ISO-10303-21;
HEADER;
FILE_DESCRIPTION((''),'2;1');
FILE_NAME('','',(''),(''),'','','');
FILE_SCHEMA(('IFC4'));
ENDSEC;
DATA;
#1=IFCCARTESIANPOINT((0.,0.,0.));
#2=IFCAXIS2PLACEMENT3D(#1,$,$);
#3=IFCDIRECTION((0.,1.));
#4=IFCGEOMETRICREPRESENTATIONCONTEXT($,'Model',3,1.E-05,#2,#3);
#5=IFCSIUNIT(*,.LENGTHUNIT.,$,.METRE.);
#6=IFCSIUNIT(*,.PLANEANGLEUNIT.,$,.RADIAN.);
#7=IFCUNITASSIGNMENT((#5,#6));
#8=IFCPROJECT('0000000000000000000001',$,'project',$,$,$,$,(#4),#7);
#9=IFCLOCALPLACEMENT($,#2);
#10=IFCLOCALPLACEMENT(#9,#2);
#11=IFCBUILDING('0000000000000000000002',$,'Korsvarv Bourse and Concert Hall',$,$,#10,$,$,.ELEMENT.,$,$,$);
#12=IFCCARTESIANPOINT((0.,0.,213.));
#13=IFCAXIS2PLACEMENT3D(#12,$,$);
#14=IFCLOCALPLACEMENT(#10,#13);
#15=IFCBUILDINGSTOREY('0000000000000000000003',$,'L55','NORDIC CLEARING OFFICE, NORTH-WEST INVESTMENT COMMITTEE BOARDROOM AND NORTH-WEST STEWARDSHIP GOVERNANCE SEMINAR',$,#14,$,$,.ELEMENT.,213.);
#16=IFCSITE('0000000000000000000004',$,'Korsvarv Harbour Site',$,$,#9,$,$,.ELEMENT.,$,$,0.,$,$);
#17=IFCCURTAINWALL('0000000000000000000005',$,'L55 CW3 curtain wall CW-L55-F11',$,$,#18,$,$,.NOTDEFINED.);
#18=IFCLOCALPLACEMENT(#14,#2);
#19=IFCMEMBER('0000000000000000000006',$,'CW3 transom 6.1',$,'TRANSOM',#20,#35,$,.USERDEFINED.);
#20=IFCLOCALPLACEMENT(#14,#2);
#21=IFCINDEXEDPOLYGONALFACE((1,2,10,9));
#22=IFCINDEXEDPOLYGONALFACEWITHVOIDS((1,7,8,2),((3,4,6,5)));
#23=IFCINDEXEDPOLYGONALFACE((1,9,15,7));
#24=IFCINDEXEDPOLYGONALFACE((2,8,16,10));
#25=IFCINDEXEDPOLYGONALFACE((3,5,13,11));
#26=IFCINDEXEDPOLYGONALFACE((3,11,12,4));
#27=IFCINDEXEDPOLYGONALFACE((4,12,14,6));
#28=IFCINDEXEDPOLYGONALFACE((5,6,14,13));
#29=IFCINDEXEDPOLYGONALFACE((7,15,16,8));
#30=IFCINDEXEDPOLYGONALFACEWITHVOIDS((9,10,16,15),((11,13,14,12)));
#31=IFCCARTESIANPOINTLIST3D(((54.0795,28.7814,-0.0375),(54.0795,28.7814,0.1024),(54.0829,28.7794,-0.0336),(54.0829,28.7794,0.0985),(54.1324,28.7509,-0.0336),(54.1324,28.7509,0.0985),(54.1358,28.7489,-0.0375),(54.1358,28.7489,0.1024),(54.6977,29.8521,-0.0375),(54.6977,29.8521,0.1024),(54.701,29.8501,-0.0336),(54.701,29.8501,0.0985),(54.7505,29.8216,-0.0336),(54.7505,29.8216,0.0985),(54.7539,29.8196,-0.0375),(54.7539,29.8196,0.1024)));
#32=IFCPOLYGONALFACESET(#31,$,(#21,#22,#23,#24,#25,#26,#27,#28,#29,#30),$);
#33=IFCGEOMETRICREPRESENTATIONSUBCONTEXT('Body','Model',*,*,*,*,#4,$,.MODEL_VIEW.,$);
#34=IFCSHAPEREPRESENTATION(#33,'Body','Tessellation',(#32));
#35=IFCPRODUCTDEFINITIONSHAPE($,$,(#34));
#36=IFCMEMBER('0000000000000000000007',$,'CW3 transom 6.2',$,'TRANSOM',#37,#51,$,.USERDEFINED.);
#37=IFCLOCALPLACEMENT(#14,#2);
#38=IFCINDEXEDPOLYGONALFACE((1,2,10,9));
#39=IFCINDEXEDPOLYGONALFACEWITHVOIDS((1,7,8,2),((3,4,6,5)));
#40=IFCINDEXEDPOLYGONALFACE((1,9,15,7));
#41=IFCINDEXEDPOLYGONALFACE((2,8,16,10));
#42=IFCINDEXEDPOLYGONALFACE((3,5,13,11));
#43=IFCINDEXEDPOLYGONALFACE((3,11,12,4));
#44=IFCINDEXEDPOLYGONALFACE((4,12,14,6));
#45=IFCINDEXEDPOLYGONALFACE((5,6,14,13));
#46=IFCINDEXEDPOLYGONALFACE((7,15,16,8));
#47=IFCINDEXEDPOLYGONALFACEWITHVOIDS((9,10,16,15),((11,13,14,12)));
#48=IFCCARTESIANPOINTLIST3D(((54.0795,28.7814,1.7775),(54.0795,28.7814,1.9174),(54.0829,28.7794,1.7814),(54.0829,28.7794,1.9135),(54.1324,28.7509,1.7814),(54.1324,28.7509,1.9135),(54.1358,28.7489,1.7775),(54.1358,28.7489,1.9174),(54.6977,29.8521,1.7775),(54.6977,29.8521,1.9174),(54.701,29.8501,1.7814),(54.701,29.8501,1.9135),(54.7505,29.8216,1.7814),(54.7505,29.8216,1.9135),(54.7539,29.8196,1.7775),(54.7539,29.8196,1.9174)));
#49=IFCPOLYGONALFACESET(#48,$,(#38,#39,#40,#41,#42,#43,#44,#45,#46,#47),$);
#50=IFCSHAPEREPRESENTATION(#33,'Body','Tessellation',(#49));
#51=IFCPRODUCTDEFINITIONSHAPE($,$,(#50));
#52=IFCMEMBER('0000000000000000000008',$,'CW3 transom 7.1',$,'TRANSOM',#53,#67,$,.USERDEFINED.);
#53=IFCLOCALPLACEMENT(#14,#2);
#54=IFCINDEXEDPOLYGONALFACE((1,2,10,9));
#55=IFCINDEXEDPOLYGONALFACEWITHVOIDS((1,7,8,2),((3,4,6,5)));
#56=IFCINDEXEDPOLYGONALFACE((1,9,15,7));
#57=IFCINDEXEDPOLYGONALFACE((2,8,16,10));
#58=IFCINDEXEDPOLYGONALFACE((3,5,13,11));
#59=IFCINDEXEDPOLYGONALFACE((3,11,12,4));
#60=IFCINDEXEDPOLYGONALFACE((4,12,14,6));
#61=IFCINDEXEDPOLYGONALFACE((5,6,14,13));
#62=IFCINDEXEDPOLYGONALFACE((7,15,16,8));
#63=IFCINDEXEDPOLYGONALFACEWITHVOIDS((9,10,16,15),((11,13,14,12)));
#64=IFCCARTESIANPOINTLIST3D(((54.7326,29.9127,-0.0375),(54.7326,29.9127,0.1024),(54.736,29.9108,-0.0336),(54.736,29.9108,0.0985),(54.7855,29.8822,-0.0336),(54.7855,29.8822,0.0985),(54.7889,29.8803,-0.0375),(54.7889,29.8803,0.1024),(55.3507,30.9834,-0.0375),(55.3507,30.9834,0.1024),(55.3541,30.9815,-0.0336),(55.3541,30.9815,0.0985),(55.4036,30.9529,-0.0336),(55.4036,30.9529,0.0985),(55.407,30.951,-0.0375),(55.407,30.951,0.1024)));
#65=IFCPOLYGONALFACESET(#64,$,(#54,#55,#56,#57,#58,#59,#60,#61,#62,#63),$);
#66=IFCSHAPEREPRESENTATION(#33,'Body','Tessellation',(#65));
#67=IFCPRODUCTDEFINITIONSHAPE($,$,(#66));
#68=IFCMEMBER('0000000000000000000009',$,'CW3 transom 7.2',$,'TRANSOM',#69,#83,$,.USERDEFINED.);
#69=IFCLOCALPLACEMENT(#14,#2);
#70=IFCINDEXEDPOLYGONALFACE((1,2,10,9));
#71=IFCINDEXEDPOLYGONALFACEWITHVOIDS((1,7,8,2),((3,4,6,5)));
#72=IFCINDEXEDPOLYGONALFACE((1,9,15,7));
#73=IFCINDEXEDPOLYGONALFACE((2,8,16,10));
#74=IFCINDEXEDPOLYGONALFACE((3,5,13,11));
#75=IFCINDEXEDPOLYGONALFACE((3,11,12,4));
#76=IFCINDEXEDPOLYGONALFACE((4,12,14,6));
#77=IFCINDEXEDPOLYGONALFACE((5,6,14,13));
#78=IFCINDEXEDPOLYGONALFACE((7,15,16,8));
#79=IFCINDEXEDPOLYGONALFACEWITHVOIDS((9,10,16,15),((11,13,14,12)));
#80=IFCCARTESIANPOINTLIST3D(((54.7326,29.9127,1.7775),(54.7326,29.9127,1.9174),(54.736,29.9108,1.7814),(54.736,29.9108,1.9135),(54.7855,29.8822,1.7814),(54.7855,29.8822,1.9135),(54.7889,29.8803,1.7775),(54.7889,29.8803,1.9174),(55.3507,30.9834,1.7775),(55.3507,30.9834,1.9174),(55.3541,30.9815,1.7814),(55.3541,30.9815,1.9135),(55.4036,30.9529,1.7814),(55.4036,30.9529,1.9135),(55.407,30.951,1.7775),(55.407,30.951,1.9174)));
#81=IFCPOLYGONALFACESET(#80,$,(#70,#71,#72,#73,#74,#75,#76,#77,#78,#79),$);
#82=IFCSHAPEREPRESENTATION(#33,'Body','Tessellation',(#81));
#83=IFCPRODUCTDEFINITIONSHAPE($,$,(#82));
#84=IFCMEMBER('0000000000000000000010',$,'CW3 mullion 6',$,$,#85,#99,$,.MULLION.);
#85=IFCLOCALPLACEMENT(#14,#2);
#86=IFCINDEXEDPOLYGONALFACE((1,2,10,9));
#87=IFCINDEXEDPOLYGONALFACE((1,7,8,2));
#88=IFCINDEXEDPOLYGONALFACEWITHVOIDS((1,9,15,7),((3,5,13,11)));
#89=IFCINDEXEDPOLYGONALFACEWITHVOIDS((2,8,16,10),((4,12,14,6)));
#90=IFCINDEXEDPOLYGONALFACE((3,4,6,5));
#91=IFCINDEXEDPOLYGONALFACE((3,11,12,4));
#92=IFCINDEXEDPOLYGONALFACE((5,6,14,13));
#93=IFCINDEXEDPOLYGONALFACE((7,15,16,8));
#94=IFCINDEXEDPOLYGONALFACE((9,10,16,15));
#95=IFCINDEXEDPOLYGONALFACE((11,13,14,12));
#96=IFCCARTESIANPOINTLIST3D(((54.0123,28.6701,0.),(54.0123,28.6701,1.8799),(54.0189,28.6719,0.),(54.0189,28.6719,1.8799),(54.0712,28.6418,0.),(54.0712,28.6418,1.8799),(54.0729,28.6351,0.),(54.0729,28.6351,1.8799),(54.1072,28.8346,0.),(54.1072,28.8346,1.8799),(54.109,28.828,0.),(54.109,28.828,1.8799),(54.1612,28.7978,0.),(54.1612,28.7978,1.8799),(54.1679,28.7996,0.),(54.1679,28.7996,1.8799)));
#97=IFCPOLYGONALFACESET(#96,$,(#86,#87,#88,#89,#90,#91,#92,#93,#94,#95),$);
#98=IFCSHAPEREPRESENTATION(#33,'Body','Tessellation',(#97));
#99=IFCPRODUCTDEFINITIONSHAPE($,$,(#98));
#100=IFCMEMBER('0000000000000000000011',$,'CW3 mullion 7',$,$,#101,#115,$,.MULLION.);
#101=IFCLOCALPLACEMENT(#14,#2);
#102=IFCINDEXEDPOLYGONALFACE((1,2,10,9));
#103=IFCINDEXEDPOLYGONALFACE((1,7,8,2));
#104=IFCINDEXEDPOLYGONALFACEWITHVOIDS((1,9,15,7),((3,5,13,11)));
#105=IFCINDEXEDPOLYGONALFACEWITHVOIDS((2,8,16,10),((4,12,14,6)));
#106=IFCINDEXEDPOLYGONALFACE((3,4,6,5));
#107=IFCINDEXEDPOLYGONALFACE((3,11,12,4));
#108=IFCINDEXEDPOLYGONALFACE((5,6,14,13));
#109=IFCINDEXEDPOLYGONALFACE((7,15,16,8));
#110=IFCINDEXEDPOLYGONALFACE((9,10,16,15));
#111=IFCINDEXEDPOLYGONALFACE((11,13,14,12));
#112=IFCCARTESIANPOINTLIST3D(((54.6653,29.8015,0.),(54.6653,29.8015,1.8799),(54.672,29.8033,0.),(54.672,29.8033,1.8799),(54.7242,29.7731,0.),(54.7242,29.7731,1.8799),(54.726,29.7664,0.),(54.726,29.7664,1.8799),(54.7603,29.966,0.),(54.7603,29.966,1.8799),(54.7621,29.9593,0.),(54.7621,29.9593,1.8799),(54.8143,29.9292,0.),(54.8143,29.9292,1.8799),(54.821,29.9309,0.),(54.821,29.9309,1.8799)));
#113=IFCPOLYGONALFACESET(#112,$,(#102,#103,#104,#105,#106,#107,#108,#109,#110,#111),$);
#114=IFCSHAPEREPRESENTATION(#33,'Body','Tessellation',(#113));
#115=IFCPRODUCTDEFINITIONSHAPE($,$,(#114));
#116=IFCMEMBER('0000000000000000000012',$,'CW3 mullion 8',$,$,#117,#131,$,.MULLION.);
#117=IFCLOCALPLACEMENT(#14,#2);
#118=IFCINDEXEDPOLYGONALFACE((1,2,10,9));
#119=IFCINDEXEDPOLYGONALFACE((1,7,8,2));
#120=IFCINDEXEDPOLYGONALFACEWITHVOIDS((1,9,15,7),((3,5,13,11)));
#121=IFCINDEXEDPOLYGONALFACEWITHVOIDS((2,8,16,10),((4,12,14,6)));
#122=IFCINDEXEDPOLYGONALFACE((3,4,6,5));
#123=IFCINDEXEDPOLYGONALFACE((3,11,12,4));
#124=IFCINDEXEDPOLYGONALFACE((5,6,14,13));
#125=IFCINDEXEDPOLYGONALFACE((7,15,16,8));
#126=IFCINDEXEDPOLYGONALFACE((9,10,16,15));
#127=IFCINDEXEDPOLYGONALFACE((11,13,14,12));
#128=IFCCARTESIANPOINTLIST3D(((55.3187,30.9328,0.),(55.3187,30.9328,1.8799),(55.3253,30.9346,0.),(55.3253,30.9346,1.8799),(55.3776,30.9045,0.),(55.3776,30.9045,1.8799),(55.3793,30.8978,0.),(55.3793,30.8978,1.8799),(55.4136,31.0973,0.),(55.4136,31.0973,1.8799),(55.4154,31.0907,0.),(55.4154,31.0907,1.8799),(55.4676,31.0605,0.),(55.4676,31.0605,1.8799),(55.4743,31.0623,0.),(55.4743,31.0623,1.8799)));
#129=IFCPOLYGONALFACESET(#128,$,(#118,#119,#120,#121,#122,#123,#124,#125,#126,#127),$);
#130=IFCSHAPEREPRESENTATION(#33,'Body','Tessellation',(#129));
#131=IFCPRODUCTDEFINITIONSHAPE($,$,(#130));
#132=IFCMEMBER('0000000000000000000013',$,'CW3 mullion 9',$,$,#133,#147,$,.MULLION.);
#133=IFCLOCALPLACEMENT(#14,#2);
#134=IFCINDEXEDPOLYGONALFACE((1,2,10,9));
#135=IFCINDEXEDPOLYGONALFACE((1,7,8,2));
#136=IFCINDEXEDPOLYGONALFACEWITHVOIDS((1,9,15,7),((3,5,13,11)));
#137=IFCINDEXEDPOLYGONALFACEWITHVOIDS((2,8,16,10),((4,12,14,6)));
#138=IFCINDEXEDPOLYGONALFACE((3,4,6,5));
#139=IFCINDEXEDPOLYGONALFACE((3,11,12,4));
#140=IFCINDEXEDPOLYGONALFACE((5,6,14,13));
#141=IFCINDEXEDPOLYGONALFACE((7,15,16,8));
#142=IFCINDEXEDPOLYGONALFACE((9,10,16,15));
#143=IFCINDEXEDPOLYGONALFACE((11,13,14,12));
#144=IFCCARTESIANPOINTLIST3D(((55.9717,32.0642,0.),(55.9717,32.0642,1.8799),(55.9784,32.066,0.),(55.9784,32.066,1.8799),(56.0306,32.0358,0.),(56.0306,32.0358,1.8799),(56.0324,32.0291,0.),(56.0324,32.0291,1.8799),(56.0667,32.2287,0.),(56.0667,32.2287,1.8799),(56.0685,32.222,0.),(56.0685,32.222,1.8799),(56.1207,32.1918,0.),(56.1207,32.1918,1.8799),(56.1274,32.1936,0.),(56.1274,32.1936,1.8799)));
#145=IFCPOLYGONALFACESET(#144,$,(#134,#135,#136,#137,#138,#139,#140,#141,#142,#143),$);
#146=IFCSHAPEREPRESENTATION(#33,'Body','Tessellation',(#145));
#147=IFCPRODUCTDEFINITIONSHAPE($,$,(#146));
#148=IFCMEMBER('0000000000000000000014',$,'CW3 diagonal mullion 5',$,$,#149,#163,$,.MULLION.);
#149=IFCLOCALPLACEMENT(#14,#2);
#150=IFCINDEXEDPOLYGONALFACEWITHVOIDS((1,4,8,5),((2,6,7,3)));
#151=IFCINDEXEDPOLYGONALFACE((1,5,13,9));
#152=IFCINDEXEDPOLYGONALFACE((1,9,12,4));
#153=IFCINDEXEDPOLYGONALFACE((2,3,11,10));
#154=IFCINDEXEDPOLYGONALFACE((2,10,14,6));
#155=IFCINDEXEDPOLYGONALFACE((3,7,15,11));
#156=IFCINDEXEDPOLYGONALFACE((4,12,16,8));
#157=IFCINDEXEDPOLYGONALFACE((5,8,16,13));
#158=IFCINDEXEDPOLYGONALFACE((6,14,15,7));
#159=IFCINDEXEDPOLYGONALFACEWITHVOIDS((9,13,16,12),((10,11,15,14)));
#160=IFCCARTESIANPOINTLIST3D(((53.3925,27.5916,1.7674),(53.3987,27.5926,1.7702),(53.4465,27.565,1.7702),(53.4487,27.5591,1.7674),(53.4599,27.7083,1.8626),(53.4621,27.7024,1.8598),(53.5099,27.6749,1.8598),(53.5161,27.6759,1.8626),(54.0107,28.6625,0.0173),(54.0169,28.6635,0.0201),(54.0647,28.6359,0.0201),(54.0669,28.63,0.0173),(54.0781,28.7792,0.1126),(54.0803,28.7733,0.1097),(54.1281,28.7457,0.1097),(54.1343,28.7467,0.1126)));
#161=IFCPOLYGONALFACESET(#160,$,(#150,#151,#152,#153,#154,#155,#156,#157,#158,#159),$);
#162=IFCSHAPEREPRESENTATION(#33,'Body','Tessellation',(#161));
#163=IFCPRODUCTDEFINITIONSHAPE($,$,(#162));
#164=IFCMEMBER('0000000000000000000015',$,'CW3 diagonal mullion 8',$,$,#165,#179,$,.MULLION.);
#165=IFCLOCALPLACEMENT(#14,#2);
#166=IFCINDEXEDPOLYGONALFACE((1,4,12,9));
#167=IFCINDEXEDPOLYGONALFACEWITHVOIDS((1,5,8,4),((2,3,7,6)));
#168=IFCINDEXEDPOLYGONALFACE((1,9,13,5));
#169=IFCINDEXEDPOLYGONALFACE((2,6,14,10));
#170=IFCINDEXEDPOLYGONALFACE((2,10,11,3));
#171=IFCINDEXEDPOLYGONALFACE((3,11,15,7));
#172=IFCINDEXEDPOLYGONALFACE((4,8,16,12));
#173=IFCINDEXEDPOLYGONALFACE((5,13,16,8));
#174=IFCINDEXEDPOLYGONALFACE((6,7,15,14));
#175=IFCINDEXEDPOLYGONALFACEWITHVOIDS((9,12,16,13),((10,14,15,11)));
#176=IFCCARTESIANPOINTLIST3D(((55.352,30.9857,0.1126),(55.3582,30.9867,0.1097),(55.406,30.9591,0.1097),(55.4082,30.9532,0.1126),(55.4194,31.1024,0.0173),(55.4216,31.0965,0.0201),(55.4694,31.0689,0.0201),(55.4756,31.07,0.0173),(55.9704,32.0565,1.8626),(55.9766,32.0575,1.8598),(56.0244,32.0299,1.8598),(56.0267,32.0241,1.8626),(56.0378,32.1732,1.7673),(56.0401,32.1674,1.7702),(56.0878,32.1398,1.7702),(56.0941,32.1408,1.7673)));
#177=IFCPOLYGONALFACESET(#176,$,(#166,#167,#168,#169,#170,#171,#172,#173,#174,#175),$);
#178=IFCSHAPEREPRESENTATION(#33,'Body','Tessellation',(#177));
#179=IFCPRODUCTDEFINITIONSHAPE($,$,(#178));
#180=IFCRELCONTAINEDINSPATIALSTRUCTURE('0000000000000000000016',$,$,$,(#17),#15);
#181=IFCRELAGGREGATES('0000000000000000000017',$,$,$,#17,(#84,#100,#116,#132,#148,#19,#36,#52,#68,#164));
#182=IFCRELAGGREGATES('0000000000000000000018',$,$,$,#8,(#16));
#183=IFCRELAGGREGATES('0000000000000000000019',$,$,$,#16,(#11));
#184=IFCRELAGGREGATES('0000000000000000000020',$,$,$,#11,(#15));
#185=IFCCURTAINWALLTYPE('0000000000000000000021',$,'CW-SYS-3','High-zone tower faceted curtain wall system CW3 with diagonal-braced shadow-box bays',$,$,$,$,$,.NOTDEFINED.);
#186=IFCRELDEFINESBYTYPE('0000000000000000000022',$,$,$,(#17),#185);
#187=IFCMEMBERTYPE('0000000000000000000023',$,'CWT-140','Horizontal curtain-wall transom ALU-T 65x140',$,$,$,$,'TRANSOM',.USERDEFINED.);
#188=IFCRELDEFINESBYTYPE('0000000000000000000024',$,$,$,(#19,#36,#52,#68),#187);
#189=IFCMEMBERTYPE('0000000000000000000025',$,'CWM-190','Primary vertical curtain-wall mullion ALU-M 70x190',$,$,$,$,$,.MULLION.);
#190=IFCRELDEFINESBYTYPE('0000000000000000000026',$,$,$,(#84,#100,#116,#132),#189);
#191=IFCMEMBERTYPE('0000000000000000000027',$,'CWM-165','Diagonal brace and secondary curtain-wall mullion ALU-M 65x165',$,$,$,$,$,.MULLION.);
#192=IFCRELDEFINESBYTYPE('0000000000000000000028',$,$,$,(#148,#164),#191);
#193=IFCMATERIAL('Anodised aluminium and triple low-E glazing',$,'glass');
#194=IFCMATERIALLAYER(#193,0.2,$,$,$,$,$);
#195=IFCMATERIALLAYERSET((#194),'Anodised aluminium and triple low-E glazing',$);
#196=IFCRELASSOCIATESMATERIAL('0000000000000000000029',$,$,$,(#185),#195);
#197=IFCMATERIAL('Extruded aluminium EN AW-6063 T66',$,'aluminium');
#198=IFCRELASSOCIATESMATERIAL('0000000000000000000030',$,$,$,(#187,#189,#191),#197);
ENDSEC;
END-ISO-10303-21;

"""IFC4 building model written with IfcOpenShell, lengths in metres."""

from ifc_helpers import new_model, si_unit, direction, frame, origin, origin_2d, place, context, subcontext, project, spatial, hollow_rectangle, extrude, source, transform, mapped, material, layer, layer_set, material_profile, profile_set, type_object, element, aggregate, save


model = new_model("IFC4")

# Units and contexts
model_context = context("Model", 3, precision=1e-05, world=origin(), true_north=direction((0.0, 1.0)))
body_context = subcontext(model_context, "Body", "Model", "MODEL_VIEW")
ifc_project = project(units=[si_unit("LENGTHUNIT", "METRE"), si_unit("PLANEANGLEUNIT", "RADIAN")], contexts=[model_context])

# Site, building, storey
site_placement = place(None, origin())
site = spatial("IfcSite", under=ifc_project, at=site_placement, Name="Korsvarv Harbour Site", CompositionType="ELEMENT", RefElevation=0.0)
building_placement = place(site_placement, origin())
building = spatial("IfcBuilding", under=site, at=building_placement, Name="Korsvarv Bourse and Concert Hall", CompositionType="ELEMENT")
storey_placement = place(building_placement, frame((0.0, 0.0, 213.0)))
storey = spatial("IfcBuildingStorey", under=building, at=storey_placement, Name="L55", Description="NORDIC CLEARING OFFICE, NORTH-WEST INVESTMENT COMMITTEE BOARDROOM AND NORTH-WEST STEWARDSHIP GOVERNANCE SEMINAR", CompositionType="ELEMENT", Elevation=213.0)

# Curtain wall, members
ifc_material_1 = material(Name="Anodised aluminium and triple low-E glazing", Category="glass")
ifc_layer_1 = layer(ifc_material_1, 0.2)
ifc_layer_set_1 = layer_set([ifc_layer_1], Name="Anodised aluminium and triple low-E glazing")
curtain_wall_type = type_object("IfcCurtainWallType", Name="CW-SYS-3", Description="High-zone tower faceted curtain wall system CW3 with diagonal-braced shadow-box bays", PredefinedType="NOTDEFINED", material=ifc_layer_set_1)
curtain_wall_placement = place(storey_placement, origin())
curtain_wall = element("IfcCurtainWall", 1, at=curtain_wall_placement, inside=storey, type_object=curtain_wall_type, Name="L55 CW3 curtain wall CW-L55-F11", PredefinedType="NOTDEFINED")
ifc_material_2 = material(Name="Extruded aluminium EN AW-6063 T66", Category="aluminium")
ifc_material_profile_1 = material_profile(ifc_material_2, hollow_rectangle(XDim=0.0649, YDim=0.1399, WallThickness=0.0039, at=origin_2d()), Name="ALU-T 65x140")
ifc_profile_set_1 = profile_set([ifc_material_profile_1], Name="Extruded aluminium EN AW-6063 T66")
member_type_1 = type_object("IfcMemberType", Name="CWT-140", Description="Horizontal curtain-wall transom ALU-T 65x140", ElementType="TRANSOM", PredefinedType="USERDEFINED", material=ifc_profile_set_1)
shared_shape_1 = source(origin(), body_context, "Body", "SweptSolid", [
    extrude(hollow_rectangle(XDim=0.0649, YDim=0.1399, WallThickness=0.0039, at=origin_2d()), origin(), (0.0, 0.0, 1.0), 1.2363),
])
member_1_placement = place(storey_placement, frame((54.1077, 28.7651, 0.0325), z_axis=(0.499962, 0.866047, 0.0), x_axis=(-0.866047, 0.499962, 0.0)))
member_1 = element("IfcMember", 2, at=member_1_placement, type_object=member_type_1, Name="CW3 transom 6.1", ObjectType="TRANSOM", PredefinedType="USERDEFINED", context=body_context, shape_type="MappedRepresentation", body=[
    mapped(shared_shape_1, transform((0.0, 0.0, 0.0), scale=1.0)),
])
member_2_placement = place(storey_placement, frame((54.1077, 28.7651, 1.8474), z_axis=(0.499962, 0.866047, 0.0), x_axis=(-0.866047, 0.499962, 0.0)))
member_2 = element("IfcMember", 3, at=member_2_placement, type_object=member_type_1, Name="CW3 transom 6.2", ObjectType="TRANSOM", PredefinedType="USERDEFINED", context=body_context, shape_type="MappedRepresentation", body=[
    mapped(shared_shape_1, transform((0.0, 0.0, 0.0), scale=1.0)),
])
member_3_placement = place(storey_placement, frame((54.7607, 29.8965, 0.0325), z_axis=(0.499962, 0.866047, 0.0), x_axis=(-0.866047, 0.499962, 0.0)))
member_3 = element("IfcMember", 4, at=member_3_placement, type_object=member_type_1, Name="CW3 transom 7.1", ObjectType="TRANSOM", PredefinedType="USERDEFINED", context=body_context, shape_type="MappedRepresentation", body=[
    mapped(shared_shape_1, transform((0.0, 0.0, 0.0), scale=1.0)),
])
member_4_placement = place(storey_placement, frame((54.7607, 29.8965, 1.8474), z_axis=(0.499962, 0.866047, 0.0), x_axis=(-0.866047, 0.499962, 0.0)))
member_4 = element("IfcMember", 5, at=member_4_placement, type_object=member_type_1, Name="CW3 transom 7.2", ObjectType="TRANSOM", PredefinedType="USERDEFINED", context=body_context, shape_type="MappedRepresentation", body=[
    mapped(shared_shape_1, transform((0.0, 0.0, 0.0), scale=1.0)),
])
ifc_material_profile_2 = material_profile(ifc_material_2, hollow_rectangle(XDim=0.0701, YDim=0.1899, WallThickness=0.0049, at=origin_2d()), Name="ALU-M 70x190")
ifc_profile_set_2 = profile_set([ifc_material_profile_2], Name="Extruded aluminium EN AW-6063 T66")
member_type_2 = type_object("IfcMemberType", Name="CWM-190", Description="Primary vertical curtain-wall mullion ALU-M 70x190", PredefinedType="MULLION", material=ifc_profile_set_2)
shared_shape_2 = source(origin(), body_context, "Body", "SweptSolid", [
    extrude(hollow_rectangle(XDim=0.0701, YDim=0.1899, WallThickness=0.0049, at=origin_2d()), origin(), (0.0, 0.0, 1.0), 1.8799),
])
member_5_placement = place(storey_placement, frame((54.0901, 28.7349, 0.0), z_axis=(0.0, 0.0, 1.0), x_axis=(-0.866027, 0.499997, 0.0)))
member_5 = element("IfcMember", 6, at=member_5_placement, type_object=member_type_2, Name="CW3 mullion 6", PredefinedType="MULLION", context=body_context, shape_type="MappedRepresentation", body=[
    mapped(shared_shape_2, transform((0.0, 0.0, 0.0), scale=1.0)),
])
member_6_placement = place(storey_placement, frame((54.7432, 29.8662, 0.0), z_axis=(0.0, 0.0, 1.0), x_axis=(-0.866027, 0.499997, 0.0)))
member_6 = element("IfcMember", 7, at=member_6_placement, type_object=member_type_2, Name="CW3 mullion 7", PredefinedType="MULLION", context=body_context, shape_type="MappedRepresentation", body=[
    mapped(shared_shape_2, transform((0.0, 0.0, 0.0), scale=1.0)),
])
member_7_placement = place(storey_placement, frame((55.3965, 30.9976, 0.0), z_axis=(0.0, 0.0, 1.0), x_axis=(-0.866027, 0.499997, 0.0)))
member_7 = element("IfcMember", 8, at=member_7_placement, type_object=member_type_2, Name="CW3 mullion 8", PredefinedType="MULLION", context=body_context, shape_type="MappedRepresentation", body=[
    mapped(shared_shape_2, transform((0.0, 0.0, 0.0), scale=1.0)),
])
member_8_placement = place(storey_placement, frame((56.0496, 32.1289, 0.0), z_axis=(0.0, 0.0, 1.0), x_axis=(-0.866027, 0.499997, 0.0)))
member_8 = element("IfcMember", 9, at=member_8_placement, type_object=member_type_2, Name="CW3 mullion 9", PredefinedType="MULLION", context=body_context, shape_type="MappedRepresentation", body=[
    mapped(shared_shape_2, transform((0.0, 0.0, 0.0), scale=1.0)),
])
ifc_material_profile_3 = material_profile(ifc_material_2, hollow_rectangle(XDim=0.0649, YDim=0.165, WallThickness=0.0049, at=origin_2d()), Name="ALU-M 65x165")
ifc_profile_set_3 = profile_set([ifc_material_profile_3], Name="Extruded aluminium EN AW-6063 T66")
member_type_3 = type_object("IfcMemberType", Name="CWM-165", Description="Diagonal brace and secondary curtain-wall mullion ALU-M 65x165", PredefinedType="MULLION", material=ifc_profile_set_3)
shared_shape_3 = source(origin(), body_context, "Body", "SweptSolid", [
    extrude(hollow_rectangle(XDim=0.0649, YDim=0.165, WallThickness=0.0049, at=origin_2d()), origin(), (0.0, 0.0, 1.0), 2.1428),
])
member_9_placement = place(storey_placement, frame((54.0725, 28.7046, 0.0649), z_axis=(-0.288495, -0.499739, 0.81672), x_axis=(0.866047, -0.499962, 0.0)))
member_9 = element("IfcMember", 10, at=member_9_placement, type_object=member_type_3, Name="CW3 diagonal mullion 5", PredefinedType="MULLION", context=body_context, shape_type="MappedRepresentation", body=[
    mapped(shared_shape_3, transform((0.0, 0.0, 0.0), scale=1.0)),
])
member_10_placement = place(storey_placement, frame((55.4138, 31.0278, 0.0649), z_axis=(0.2886, 0.499723, 0.816693), x_axis=(-0.865962, 0.50011, 0.0)))
member_10 = element("IfcMember", 11, at=member_10_placement, type_object=member_type_3, Name="CW3 diagonal mullion 8", PredefinedType="MULLION", context=body_context, shape_type="MappedRepresentation", body=[
    mapped(shared_shape_3, transform((0.0, 0.0, 0.0), scale=1.0)),
])
aggregate(curtain_wall, [member_5, member_6, member_7, member_8, member_9, member_1, member_2, member_3, member_4, member_10])

save(model, "model.ifc")
